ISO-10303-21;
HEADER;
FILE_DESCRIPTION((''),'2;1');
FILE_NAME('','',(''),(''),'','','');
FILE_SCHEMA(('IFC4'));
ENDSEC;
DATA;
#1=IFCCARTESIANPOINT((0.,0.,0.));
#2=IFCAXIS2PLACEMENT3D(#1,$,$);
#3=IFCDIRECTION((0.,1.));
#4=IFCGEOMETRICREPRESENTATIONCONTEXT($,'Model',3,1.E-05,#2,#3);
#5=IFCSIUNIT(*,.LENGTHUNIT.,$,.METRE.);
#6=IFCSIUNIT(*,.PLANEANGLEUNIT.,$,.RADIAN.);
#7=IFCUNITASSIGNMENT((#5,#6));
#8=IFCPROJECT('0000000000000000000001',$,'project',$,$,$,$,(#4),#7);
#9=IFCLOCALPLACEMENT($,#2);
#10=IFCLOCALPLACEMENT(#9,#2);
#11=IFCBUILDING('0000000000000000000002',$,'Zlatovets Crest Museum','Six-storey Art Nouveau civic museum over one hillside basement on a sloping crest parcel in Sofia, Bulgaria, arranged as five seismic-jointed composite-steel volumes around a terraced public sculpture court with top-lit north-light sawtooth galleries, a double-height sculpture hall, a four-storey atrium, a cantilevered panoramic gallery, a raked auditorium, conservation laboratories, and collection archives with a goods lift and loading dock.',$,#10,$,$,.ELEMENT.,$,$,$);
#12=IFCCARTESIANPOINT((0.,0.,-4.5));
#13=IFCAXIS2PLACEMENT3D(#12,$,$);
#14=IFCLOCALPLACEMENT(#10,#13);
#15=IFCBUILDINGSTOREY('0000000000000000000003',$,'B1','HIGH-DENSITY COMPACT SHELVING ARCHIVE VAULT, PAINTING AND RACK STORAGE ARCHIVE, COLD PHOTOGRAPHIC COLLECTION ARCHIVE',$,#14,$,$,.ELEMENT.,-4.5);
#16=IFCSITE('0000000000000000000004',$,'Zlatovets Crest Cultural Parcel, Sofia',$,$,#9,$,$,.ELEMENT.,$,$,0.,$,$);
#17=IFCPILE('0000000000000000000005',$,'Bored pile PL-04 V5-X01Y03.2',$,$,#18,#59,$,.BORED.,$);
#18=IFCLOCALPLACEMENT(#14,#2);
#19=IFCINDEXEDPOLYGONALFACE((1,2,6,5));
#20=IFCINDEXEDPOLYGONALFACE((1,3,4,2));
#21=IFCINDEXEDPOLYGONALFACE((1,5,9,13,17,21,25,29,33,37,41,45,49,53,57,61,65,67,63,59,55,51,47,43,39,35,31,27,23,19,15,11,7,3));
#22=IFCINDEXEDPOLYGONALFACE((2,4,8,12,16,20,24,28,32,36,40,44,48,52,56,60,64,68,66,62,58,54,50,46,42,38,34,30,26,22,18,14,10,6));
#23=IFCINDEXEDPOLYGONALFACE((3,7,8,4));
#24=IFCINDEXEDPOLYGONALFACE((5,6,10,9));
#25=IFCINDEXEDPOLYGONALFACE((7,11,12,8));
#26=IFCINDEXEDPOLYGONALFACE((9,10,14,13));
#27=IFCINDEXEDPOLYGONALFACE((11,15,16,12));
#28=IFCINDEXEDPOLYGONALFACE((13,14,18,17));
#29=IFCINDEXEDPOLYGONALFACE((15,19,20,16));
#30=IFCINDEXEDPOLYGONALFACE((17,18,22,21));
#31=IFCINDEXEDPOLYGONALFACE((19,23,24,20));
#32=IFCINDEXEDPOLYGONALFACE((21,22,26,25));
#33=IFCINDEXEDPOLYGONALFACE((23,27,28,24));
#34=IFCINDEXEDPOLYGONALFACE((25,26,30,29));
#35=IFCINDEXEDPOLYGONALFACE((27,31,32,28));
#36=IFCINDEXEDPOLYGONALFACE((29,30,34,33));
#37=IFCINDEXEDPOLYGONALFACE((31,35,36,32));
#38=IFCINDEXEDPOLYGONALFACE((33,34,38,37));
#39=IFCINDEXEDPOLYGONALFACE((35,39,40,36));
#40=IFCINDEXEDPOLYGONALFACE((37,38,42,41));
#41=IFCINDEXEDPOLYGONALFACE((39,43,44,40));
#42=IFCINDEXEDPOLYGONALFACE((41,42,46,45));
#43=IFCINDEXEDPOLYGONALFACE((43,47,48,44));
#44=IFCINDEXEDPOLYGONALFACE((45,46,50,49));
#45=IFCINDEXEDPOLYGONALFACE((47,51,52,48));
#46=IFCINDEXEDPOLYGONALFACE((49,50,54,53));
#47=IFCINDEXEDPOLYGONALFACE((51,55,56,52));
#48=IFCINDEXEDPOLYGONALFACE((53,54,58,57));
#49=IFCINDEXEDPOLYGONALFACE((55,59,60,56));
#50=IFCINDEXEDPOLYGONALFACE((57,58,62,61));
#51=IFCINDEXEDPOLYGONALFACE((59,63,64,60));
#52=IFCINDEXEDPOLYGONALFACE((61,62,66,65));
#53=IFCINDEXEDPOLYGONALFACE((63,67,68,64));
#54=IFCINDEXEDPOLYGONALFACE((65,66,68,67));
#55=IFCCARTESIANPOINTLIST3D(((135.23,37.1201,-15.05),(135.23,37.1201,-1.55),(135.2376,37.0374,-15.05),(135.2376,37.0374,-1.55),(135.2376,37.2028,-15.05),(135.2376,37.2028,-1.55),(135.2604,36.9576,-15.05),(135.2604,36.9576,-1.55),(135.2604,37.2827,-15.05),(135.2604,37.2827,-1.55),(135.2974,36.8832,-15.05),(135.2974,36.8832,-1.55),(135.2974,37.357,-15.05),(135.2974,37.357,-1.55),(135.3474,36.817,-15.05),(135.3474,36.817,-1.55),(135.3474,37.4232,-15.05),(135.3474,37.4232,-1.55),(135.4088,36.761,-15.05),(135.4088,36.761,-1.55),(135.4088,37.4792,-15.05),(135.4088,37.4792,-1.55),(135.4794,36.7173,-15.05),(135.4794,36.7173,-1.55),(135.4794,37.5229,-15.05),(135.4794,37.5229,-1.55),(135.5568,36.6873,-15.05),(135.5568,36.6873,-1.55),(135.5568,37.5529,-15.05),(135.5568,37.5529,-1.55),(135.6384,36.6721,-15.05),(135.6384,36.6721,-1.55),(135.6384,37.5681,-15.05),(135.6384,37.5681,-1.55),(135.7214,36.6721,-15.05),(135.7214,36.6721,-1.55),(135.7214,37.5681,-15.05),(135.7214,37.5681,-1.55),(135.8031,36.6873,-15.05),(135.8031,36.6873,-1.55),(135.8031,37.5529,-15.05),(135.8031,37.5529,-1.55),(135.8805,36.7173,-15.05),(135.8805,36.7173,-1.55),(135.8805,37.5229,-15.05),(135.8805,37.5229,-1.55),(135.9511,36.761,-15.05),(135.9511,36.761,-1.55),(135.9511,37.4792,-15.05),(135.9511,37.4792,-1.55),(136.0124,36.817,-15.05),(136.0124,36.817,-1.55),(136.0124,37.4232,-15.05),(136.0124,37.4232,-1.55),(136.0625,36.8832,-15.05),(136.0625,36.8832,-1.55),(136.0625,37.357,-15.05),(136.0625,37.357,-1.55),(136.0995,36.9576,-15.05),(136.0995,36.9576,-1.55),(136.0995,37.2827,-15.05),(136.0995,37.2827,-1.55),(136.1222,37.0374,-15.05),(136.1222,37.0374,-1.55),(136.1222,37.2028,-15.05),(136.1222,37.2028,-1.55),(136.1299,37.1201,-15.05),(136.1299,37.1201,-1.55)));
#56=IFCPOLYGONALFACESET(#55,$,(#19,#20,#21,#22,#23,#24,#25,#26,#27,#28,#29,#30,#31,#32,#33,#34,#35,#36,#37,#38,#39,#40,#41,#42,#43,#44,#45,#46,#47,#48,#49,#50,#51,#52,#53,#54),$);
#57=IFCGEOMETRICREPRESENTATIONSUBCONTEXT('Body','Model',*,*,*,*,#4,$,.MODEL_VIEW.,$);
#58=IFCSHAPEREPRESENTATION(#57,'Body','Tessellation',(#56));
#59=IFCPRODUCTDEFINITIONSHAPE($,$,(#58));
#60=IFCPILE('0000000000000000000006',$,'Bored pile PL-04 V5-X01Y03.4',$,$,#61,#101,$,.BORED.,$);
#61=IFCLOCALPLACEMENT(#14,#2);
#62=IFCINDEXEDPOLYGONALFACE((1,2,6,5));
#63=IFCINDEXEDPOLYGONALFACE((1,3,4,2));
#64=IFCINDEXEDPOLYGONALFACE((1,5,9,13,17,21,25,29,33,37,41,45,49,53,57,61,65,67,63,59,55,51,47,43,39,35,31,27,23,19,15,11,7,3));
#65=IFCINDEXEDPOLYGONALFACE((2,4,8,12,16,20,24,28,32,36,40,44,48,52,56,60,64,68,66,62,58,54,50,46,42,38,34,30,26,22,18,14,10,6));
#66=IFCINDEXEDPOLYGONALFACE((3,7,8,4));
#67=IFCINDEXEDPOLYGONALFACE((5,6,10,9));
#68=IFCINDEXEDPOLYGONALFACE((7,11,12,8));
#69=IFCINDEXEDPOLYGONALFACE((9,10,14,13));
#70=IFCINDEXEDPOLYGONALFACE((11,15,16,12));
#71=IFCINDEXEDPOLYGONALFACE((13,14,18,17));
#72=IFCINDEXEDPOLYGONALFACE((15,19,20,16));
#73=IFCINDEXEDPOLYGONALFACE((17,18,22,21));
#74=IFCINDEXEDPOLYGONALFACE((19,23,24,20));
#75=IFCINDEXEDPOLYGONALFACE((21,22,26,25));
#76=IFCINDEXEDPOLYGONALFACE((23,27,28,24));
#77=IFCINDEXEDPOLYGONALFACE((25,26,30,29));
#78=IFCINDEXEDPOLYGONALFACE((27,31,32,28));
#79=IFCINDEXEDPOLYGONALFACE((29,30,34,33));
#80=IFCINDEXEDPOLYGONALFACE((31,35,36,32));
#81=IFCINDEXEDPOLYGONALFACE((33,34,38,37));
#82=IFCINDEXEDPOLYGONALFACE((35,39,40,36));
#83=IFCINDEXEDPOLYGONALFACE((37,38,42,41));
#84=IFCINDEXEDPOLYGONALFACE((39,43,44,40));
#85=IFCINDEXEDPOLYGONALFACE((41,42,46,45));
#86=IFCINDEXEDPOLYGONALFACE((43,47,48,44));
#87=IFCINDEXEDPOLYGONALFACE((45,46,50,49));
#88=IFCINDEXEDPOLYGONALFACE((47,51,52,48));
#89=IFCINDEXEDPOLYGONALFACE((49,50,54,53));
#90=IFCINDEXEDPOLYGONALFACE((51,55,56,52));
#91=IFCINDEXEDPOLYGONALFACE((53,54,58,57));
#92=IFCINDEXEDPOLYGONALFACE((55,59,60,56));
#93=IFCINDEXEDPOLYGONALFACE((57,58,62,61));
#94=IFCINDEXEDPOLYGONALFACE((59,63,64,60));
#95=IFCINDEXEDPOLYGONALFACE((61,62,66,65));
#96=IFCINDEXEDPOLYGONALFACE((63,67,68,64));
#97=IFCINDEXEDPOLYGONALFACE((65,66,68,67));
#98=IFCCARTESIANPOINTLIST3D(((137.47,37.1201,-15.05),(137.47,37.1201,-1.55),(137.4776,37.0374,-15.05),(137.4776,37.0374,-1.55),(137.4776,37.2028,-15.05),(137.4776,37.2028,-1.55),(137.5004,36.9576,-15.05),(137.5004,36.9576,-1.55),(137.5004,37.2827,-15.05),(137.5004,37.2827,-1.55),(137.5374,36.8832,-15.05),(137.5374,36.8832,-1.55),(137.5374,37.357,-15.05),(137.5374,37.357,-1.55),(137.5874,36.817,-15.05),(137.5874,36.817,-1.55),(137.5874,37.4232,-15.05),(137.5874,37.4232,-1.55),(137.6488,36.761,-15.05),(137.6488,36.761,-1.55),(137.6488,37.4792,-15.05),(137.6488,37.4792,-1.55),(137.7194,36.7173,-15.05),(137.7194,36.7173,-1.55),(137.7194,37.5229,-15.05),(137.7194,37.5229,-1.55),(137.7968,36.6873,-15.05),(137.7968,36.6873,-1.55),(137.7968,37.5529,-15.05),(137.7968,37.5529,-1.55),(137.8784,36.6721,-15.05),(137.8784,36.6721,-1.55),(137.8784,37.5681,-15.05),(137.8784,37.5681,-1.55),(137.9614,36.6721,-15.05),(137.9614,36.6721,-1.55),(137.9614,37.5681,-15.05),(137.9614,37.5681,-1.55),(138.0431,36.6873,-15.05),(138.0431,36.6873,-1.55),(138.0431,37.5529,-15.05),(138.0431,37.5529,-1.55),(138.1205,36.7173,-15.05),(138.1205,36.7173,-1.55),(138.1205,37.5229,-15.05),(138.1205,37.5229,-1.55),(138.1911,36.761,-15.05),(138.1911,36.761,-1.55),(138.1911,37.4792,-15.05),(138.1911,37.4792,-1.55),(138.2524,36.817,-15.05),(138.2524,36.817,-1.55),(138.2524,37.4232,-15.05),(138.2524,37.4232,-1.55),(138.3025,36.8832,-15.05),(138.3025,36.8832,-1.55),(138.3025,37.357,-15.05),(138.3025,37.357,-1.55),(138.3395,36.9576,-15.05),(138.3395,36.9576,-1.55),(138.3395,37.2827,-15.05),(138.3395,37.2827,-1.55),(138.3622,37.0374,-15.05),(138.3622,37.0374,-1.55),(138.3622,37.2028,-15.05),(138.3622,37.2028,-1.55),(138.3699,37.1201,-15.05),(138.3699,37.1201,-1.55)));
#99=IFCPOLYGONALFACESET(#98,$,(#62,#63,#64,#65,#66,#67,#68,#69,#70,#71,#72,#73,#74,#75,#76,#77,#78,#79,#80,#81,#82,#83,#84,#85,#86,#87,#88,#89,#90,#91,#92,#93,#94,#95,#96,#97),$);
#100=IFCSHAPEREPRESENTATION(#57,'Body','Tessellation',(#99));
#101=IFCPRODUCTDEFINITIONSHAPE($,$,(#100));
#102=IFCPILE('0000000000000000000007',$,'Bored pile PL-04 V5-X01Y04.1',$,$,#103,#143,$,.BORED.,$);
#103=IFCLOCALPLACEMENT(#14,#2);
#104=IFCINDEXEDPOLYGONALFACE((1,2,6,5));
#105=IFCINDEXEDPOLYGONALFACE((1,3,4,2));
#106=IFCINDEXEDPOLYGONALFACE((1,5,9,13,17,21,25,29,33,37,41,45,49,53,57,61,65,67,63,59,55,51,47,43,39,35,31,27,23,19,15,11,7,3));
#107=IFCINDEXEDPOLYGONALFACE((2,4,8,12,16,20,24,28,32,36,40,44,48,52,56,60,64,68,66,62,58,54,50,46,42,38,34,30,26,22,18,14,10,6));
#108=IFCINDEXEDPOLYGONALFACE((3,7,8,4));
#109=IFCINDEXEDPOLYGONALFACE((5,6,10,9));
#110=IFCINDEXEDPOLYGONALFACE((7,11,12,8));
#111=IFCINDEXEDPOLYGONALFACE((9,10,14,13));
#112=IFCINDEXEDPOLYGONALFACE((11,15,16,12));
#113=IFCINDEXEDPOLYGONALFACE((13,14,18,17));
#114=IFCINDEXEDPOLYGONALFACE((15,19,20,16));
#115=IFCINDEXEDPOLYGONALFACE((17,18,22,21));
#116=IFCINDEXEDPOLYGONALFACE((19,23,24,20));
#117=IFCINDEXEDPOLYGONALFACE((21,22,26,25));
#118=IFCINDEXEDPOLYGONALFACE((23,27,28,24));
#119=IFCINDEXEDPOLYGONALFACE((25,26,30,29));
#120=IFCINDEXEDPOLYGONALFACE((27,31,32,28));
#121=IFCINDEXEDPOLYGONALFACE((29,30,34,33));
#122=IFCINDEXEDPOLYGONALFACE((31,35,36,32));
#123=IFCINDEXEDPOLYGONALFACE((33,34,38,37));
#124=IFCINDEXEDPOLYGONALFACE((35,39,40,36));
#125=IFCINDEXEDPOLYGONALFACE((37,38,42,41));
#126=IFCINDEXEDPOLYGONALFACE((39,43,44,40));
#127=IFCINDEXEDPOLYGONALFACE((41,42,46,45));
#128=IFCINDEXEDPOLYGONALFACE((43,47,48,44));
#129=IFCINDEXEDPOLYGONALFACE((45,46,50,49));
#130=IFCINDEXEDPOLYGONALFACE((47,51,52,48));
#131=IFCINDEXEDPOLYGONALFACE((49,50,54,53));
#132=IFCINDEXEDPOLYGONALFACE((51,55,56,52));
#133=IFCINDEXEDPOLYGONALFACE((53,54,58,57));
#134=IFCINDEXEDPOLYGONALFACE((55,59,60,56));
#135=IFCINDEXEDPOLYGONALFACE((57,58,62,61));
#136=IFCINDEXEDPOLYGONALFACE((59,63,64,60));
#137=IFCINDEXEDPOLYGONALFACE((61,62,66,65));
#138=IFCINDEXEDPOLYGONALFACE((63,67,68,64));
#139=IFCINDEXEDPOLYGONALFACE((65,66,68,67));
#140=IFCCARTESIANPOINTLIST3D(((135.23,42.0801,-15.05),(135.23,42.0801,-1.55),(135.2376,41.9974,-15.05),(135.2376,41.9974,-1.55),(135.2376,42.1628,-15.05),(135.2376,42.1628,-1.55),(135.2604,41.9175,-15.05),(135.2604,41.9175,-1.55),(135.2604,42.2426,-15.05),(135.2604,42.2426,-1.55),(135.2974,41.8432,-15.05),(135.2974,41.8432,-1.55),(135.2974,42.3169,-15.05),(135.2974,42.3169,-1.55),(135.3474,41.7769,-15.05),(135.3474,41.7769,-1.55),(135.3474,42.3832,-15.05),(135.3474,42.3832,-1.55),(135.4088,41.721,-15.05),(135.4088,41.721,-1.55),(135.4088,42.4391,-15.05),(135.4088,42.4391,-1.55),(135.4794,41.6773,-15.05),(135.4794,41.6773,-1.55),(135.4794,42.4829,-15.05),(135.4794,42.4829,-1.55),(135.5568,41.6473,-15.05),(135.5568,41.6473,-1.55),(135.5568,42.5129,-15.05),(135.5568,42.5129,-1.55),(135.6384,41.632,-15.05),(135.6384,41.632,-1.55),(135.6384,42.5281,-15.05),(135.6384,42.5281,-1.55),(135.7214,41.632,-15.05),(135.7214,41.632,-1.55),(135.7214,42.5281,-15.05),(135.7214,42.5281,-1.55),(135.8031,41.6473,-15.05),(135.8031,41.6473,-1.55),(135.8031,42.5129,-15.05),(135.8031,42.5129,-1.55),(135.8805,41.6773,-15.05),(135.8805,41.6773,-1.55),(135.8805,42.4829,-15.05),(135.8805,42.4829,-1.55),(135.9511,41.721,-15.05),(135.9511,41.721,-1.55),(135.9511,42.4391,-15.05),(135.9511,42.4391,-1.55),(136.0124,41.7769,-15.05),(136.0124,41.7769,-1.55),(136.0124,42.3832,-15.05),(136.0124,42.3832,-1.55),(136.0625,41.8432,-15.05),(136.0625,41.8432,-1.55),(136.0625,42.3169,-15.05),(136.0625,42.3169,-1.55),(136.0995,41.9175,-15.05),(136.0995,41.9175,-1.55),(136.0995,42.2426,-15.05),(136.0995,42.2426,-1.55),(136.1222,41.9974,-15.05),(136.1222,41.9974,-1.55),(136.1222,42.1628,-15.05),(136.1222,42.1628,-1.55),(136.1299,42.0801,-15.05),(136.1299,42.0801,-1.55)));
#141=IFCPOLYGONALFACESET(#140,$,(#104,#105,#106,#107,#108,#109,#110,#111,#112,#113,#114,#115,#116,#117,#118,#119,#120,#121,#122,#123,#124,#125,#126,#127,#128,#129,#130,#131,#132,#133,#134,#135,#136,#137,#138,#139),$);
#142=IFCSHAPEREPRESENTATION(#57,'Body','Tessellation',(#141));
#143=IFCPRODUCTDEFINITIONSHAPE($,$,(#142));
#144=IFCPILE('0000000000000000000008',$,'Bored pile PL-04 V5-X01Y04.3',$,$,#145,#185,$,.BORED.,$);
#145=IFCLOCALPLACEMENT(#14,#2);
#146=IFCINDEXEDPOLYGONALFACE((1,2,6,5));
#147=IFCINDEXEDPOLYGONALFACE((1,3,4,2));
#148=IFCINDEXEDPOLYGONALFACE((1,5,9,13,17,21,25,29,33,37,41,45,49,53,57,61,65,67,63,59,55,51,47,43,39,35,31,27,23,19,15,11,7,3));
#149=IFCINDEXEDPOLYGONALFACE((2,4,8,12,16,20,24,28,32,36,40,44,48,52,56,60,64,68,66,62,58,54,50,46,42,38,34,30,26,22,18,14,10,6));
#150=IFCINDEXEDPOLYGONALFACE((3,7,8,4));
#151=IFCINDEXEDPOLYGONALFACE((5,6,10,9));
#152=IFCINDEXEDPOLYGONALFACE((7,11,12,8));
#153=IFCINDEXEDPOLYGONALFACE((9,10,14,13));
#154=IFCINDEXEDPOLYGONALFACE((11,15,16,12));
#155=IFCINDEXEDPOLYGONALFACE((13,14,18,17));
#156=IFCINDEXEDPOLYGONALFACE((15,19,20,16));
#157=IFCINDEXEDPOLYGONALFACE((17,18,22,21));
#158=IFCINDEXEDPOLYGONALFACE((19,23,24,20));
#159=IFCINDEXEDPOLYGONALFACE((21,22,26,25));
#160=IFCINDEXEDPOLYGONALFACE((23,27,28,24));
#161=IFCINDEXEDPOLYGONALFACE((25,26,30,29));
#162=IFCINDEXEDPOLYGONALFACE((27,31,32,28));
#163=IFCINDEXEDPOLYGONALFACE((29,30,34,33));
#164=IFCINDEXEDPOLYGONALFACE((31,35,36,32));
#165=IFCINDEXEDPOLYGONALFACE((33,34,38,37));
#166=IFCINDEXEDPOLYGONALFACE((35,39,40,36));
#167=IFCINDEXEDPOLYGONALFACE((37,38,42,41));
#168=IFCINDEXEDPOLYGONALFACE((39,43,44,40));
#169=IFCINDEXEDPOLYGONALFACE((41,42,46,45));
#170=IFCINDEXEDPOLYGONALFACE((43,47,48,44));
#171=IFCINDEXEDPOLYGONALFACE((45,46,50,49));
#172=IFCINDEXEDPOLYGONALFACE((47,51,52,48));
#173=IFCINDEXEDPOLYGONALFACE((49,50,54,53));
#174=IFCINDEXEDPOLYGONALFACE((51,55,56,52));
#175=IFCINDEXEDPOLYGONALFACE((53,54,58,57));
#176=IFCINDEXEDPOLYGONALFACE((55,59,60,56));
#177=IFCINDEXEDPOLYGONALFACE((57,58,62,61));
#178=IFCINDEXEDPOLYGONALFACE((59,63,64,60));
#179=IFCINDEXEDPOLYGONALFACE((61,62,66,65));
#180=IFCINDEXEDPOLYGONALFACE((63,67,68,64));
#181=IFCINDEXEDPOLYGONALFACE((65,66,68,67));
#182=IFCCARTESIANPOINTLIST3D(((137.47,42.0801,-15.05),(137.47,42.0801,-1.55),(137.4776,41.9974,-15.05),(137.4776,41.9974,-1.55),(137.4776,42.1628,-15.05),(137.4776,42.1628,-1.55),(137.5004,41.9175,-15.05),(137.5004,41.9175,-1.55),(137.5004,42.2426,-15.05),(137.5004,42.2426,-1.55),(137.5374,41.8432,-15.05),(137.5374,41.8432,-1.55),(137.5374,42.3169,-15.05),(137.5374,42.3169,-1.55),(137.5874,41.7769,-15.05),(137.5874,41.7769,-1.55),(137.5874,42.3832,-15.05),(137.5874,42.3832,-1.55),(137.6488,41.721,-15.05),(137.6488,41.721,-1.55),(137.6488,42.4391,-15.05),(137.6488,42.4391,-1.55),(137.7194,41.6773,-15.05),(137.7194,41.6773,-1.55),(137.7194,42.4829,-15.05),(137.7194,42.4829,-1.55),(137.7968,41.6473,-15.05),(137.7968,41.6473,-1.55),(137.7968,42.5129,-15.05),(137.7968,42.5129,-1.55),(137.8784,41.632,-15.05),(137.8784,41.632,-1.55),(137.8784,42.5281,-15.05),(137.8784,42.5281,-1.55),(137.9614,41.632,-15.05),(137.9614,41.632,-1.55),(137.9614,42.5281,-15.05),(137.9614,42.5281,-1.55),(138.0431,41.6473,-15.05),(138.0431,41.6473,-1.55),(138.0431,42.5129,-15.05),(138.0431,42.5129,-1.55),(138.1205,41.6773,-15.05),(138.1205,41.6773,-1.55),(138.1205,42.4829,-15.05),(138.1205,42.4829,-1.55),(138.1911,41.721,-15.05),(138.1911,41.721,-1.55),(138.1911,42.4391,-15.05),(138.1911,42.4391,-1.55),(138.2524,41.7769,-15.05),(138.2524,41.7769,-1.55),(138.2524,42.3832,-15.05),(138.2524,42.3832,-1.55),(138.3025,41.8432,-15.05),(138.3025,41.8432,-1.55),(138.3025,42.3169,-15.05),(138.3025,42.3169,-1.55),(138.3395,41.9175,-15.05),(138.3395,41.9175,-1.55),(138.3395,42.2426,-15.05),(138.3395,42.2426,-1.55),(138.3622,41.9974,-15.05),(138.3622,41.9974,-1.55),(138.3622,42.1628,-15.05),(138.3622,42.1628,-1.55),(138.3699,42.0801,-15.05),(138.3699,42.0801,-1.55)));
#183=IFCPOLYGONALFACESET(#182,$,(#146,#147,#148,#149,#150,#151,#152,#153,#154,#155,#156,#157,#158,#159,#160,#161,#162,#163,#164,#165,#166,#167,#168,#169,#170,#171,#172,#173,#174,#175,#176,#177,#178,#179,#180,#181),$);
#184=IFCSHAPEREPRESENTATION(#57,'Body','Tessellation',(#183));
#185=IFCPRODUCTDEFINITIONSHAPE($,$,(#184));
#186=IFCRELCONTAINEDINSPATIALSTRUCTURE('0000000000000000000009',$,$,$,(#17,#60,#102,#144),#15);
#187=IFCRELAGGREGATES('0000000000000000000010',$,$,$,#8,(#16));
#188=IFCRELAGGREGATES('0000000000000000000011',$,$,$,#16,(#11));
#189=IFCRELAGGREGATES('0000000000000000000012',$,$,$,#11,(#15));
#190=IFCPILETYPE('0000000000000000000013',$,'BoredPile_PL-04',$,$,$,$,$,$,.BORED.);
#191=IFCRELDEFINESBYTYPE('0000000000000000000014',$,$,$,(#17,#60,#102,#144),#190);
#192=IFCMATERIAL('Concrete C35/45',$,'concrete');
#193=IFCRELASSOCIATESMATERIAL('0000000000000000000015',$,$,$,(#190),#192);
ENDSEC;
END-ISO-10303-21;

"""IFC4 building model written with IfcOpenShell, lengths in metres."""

from ifc_helpers import new_model, si_unit, direction, frame, origin, origin_2d, place, context, subcontext, project, spatial, circle, extrude, material, material_profile, profile_set, type_object, element, save


model = new_model("IFC4")

# Units and contexts
model_context = context("Model", 3, precision=1e-05, world=origin(), true_north=direction((0.0, 1.0)))
body_context = subcontext(model_context, "Body", "Model", "MODEL_VIEW")
ifc_project = project(units=[si_unit("LENGTHUNIT", "METRE"), si_unit("PLANEANGLEUNIT", "RADIAN")], contexts=[model_context])

# Site, building, storey
site_placement = place(None, origin())
site = spatial("IfcSite", under=ifc_project, at=site_placement, Name="Zlatovets Crest Cultural Parcel, Sofia", CompositionType="ELEMENT", RefElevation=0.0)
building_placement = place(site_placement, origin())
building = spatial("IfcBuilding", under=site, at=building_placement, Name="Zlatovets Crest Museum", Description="Six-storey Art Nouveau civic museum over one hillside basement on a sloping crest parcel in Sofia, Bulgaria, arranged as five seismic-jointed composite-steel volumes around a terraced public sculpture court with top-lit north-light sawtooth galleries, a double-height sculpture hall, a four-storey atrium, a cantilevered panoramic gallery, a raked auditorium, conservation laboratories, and collection archives with a goods lift and loading dock.", CompositionType="ELEMENT")
storey_placement = place(building_placement, frame((0.0, 0.0, -4.5)))
storey = spatial("IfcBuildingStorey", under=building, at=storey_placement, Name="B1", Description="HIGH-DENSITY COMPACT SHELVING ARCHIVE VAULT, PAINTING AND RACK STORAGE ARCHIVE, COLD PHOTOGRAPHIC COLLECTION ARCHIVE", CompositionType="ELEMENT", Elevation=-4.5)

# Piles
ifc_material_1 = material(Name="Concrete C35/45", Category="concrete")
ifc_material_profile_1 = material_profile(ifc_material_1, circle(Radius=0.45, at=origin_2d()), Name="PILE D900")
ifc_profile_set_1 = profile_set([ifc_material_profile_1], Name="Concrete C35/45")
pile_type = type_object("IfcPileType", Name="BoredPile_PL-04", PredefinedType="BORED", material=ifc_profile_set_1)
for number, where, z_axis, x_axis, name in (
    (1, (135.6799, 37.1201, -1.55), (0.0, 0.0, -1.0), (1.0, 0.0, 0.0), "Bored pile PL-04 V5-X01Y03.2"),
    (2, (137.9199, 37.1201, -1.55), (0.0, 0.0, -1.0), (1.0, 0.0, 0.0), "Bored pile PL-04 V5-X01Y03.4"),
    (3, (135.6799, 42.0801, -1.55), (0.0, 0.0, -1.0), (1.0, 0.0, 0.0), "Bored pile PL-04 V5-X01Y04.1"),
    (4, (137.9199, 42.0801, -1.55), (0.0, 0.0, -1.0), (1.0, 0.0, 0.0), "Bored pile PL-04 V5-X01Y04.3"),
):
    element("IfcPile", number, at=place(storey_placement, frame(where, z_axis=z_axis, x_axis=x_axis)), inside=storey, type_object=pile_type, Name=name, PredefinedType="BORED", context=body_context, shape_type="SweptSolid", body=[
        extrude(circle(Radius=0.45, at=origin_2d()), origin(), (0.0, 0.0, 1.0), 13.5),
    ])

save(model, "model.ifc")
